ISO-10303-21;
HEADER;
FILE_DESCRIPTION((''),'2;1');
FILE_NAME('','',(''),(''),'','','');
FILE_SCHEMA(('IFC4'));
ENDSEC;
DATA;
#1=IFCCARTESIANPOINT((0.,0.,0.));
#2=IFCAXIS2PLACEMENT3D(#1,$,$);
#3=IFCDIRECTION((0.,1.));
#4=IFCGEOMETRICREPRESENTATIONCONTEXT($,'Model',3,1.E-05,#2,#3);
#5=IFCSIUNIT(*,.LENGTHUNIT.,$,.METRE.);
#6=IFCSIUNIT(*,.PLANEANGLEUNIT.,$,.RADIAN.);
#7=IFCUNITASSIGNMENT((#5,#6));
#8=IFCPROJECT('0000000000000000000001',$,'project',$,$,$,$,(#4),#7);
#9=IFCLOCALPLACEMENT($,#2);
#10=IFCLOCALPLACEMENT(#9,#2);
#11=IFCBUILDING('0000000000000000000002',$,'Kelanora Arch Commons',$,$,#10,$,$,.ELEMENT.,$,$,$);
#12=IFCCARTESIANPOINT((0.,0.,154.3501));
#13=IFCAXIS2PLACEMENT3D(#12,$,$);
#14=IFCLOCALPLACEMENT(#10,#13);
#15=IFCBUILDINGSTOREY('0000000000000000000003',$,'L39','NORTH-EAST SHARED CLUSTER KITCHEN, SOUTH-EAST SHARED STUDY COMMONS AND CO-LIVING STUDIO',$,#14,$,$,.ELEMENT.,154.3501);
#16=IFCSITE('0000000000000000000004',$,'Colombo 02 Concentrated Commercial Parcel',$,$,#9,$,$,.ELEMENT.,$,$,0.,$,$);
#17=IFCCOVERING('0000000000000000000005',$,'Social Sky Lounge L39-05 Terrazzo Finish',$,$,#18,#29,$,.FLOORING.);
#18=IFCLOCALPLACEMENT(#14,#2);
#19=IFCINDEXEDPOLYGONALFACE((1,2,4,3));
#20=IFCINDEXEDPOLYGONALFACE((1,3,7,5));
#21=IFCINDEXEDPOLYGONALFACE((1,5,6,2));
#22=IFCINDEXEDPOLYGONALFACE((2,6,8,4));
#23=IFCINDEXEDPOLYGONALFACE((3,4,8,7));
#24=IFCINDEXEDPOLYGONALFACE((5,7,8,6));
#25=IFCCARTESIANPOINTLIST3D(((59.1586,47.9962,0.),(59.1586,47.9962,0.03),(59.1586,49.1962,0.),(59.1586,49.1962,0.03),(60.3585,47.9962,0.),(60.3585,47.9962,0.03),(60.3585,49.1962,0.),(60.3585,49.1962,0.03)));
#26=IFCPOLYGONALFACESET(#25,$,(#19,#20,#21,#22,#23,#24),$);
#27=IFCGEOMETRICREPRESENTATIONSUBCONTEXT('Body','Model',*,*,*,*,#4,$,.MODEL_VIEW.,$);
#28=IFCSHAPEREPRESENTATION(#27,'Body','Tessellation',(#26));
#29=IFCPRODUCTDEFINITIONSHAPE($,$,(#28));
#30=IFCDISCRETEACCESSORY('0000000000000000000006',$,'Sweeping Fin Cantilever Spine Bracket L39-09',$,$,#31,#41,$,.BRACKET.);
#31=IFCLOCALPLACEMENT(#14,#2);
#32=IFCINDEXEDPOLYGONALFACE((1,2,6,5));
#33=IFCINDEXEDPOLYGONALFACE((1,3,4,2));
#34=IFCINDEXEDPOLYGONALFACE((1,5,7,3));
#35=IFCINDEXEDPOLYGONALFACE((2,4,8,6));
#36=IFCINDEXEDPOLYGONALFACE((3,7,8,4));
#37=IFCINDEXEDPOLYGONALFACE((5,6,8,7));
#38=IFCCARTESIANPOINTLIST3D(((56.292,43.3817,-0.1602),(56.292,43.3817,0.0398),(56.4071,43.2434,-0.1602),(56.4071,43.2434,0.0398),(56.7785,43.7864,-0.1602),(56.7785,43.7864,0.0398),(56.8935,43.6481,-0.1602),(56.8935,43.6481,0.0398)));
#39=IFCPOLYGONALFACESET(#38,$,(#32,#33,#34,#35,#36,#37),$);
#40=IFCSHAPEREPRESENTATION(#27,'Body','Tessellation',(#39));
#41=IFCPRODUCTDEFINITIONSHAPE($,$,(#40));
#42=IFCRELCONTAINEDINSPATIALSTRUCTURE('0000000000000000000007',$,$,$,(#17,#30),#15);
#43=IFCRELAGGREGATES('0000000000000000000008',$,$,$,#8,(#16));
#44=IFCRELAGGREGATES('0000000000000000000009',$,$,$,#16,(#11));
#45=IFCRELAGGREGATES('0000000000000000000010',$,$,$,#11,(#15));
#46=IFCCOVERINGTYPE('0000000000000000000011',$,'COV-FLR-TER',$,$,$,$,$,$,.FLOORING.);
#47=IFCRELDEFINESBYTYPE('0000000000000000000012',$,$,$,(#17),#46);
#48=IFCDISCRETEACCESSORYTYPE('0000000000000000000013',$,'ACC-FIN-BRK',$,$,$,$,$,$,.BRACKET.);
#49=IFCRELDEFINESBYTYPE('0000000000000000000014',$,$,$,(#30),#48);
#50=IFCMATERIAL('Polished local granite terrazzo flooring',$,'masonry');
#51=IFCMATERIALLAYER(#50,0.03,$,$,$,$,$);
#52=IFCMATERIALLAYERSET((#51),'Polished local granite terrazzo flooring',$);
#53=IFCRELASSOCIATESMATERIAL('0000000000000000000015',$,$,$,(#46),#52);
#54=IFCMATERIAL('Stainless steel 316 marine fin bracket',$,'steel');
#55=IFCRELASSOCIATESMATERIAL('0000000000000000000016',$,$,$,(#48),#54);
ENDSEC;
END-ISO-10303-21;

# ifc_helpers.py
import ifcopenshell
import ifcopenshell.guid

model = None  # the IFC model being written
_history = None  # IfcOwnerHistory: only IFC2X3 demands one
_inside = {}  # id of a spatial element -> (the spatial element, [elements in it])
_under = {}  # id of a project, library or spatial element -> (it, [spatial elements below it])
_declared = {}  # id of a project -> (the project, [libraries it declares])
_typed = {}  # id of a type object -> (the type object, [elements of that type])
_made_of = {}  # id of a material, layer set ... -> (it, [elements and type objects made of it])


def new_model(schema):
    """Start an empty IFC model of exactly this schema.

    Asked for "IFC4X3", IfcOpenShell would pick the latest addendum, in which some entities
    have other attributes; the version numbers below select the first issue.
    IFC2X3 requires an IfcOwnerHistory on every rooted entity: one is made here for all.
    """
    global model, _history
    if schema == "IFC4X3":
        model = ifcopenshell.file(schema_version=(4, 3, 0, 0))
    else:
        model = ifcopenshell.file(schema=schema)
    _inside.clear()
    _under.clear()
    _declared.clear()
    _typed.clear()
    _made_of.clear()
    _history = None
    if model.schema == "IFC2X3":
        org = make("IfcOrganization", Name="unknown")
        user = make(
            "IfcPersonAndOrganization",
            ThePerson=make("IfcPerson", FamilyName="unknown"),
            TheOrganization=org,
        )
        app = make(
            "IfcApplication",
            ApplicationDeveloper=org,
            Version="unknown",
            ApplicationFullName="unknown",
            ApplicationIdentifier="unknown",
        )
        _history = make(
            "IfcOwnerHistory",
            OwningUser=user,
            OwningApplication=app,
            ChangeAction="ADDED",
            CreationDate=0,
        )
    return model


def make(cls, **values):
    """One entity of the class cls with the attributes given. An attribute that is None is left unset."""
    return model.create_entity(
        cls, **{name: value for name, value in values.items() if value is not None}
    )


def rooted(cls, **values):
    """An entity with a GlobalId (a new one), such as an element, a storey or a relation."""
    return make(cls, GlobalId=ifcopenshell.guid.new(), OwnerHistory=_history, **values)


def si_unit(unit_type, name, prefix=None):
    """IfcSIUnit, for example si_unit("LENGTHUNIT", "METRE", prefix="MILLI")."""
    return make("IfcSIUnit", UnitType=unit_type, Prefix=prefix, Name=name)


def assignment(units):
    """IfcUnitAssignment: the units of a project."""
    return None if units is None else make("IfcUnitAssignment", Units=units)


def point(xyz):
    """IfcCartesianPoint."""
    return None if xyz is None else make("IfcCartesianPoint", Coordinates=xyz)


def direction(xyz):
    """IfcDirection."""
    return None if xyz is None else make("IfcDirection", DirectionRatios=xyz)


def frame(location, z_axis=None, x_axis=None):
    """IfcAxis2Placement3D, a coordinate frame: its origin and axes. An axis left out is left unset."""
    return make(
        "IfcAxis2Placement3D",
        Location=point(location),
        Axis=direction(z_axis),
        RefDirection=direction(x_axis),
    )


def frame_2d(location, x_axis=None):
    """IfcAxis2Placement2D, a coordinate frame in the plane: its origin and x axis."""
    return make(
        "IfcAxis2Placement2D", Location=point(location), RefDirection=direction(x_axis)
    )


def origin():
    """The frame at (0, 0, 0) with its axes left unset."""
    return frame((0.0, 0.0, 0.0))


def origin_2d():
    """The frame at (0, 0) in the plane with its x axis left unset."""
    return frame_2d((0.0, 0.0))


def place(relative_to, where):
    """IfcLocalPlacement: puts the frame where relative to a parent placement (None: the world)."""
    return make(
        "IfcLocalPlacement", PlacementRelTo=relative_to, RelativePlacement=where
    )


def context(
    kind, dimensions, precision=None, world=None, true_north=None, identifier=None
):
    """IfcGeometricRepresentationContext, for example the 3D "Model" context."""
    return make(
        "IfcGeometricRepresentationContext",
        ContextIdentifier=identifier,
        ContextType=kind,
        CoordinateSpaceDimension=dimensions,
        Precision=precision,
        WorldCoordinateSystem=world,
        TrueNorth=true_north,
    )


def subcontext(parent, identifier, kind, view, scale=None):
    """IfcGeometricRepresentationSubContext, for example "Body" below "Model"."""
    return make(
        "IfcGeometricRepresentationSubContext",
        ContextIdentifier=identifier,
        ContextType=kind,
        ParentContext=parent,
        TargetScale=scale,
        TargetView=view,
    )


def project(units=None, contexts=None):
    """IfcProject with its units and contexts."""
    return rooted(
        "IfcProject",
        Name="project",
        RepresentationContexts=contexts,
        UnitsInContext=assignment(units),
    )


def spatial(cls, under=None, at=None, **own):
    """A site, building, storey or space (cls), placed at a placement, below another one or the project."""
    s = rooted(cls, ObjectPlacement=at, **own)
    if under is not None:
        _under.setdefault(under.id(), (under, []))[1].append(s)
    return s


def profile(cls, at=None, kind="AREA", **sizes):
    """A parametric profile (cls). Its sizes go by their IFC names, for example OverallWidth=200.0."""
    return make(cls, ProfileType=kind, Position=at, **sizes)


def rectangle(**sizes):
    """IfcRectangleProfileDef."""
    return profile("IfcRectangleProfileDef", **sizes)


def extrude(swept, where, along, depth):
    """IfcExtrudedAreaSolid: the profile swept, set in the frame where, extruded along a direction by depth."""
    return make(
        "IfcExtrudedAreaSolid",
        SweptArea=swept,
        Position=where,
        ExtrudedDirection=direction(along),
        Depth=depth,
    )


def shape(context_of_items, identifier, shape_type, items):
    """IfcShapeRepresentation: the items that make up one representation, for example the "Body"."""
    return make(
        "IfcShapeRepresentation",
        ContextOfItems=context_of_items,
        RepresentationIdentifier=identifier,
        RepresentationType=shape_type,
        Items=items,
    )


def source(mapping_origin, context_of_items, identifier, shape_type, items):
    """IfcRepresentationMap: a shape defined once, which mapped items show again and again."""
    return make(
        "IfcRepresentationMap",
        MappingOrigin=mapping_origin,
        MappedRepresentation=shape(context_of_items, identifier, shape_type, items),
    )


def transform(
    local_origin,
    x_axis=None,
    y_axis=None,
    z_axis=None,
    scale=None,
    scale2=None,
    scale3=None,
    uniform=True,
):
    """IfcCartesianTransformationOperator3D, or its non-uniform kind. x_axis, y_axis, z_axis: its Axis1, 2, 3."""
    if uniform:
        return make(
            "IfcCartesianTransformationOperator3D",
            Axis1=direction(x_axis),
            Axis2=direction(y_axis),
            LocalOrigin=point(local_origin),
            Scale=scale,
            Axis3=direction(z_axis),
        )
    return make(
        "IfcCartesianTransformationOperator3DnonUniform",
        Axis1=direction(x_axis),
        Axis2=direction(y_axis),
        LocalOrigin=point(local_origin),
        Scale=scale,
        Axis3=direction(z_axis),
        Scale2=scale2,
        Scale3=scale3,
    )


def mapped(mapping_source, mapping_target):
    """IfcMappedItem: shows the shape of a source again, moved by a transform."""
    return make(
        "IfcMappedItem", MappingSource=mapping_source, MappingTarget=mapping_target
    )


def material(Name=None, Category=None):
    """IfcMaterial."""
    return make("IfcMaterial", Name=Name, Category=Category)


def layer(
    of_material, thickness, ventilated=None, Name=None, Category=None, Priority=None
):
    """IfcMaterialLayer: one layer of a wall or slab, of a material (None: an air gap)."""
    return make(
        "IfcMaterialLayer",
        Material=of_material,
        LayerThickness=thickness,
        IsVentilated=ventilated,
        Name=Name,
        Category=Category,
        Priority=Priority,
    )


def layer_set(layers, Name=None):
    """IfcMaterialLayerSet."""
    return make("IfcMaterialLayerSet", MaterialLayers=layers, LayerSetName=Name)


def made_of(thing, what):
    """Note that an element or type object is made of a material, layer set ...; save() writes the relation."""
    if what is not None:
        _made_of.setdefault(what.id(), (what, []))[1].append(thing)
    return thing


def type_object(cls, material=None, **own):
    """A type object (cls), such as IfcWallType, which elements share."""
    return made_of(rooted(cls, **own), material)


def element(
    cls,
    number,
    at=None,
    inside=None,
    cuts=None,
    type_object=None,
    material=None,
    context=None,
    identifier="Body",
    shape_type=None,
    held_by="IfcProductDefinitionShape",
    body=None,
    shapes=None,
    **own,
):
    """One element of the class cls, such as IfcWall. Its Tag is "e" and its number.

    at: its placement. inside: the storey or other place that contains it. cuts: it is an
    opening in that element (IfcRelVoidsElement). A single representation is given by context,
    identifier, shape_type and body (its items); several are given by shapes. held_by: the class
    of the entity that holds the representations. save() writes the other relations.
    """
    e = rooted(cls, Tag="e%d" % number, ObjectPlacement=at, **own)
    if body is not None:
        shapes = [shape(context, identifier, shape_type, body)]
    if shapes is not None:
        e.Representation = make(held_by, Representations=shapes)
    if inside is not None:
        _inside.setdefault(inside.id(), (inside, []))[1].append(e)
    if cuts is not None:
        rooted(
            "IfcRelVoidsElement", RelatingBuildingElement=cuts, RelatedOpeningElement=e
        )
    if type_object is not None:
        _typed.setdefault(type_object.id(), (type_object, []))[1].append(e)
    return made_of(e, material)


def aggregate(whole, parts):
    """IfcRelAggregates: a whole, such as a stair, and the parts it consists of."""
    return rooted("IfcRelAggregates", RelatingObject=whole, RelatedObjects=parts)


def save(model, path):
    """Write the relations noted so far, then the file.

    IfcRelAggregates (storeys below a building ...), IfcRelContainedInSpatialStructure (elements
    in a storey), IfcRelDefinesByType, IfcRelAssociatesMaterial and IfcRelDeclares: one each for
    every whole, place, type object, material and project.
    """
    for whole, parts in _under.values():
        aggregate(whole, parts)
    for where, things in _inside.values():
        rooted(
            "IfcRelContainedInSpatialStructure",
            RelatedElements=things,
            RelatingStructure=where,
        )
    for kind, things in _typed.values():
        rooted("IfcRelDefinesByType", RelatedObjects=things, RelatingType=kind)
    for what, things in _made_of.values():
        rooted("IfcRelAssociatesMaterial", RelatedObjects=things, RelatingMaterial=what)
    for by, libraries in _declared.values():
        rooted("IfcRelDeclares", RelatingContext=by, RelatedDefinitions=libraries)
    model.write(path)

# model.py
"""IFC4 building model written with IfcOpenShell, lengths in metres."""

from ifc_helpers import new_model, si_unit, direction, frame, origin, origin_2d, place, context, subcontext, project, spatial, rectangle, extrude, source, transform, mapped, material, layer, layer_set, type_object, element, save


model = new_model("IFC4")

# Units and contexts
model_context = context("Model", 3, precision=1e-05, world=origin(), true_north=direction((0.0, 1.0)))
body_context = subcontext(model_context, "Body", "Model", "MODEL_VIEW")
ifc_project = project(units=[si_unit("LENGTHUNIT", "METRE"), si_unit("PLANEANGLEUNIT", "RADIAN")], contexts=[model_context])

# Site, building, storey
site_placement = place(None, origin())
site = spatial("IfcSite", under=ifc_project, at=site_placement, Name="Colombo 02 Concentrated Commercial Parcel", CompositionType="ELEMENT", RefElevation=0.0)
building_placement = place(site_placement, origin())
building = spatial("IfcBuilding", under=site, at=building_placement, Name="Kelanora Arch Commons", CompositionType="ELEMENT")
storey_placement = place(building_placement, frame((0.0, 0.0, 154.3501)))
storey = spatial("IfcBuildingStorey", under=building, at=storey_placement, Name="L39", Description="NORTH-EAST SHARED CLUSTER KITCHEN, SOUTH-EAST SHARED STUDY COMMONS AND CO-LIVING STUDIO", CompositionType="ELEMENT", Elevation=154.3501)

# Covering
ifc_material_1 = material(Name="Polished local granite terrazzo flooring", Category="masonry")
ifc_layer_1 = layer(ifc_material_1, 0.03)
ifc_layer_set_1 = layer_set([ifc_layer_1], Name="Polished local granite terrazzo flooring")
covering_type = type_object("IfcCoveringType", Name="COV-FLR-TER", PredefinedType="FLOORING", material=ifc_layer_set_1)
shared_shape_1 = source(origin(), body_context, "Body", "SweptSolid", [
    extrude(rectangle(XDim=1.2, YDim=1.2, at=origin_2d()), origin(), (0.0, 0.0, 1.0), 0.03),
])
for number, where, z_axis, x_axis, name in (
    (1, (59.7585, 48.5962, 0.0), (0.0, 0.0, 1.0), (1.0, 0.0, 0.0), "Social Sky Lounge L39-05 Terrazzo Finish"),
):
    element("IfcCovering", number, at=place(storey_placement, frame(where, z_axis=z_axis, x_axis=x_axis)), inside=storey, type_object=covering_type, Name=name, PredefinedType="FLOORING", context=body_context, shape_type="MappedRepresentation", body=[
        mapped(shared_shape_1, transform((0.0, 0.0, 0.0), scale=1.0)),
    ])

# Discrete accessory
ifc_material_2 = material(Name="Stainless steel 316 marine fin bracket", Category="steel")
discrete_accessory_type = type_object("IfcDiscreteAccessoryType", Name="ACC-FIN-BRK", PredefinedType="BRACKET", material=ifc_material_2)
shared_shape_2 = source(origin(), body_context, "Body", "SweptSolid", [
    extrude(rectangle(XDim=0.6328, YDim=0.1799, at=origin_2d()), origin(), (0.0, 0.0, 1.0), 0.2),
])
discrete_accessory_placement = place(storey_placement, frame((56.5928, 43.5149, -0.1602), z_axis=(0.0, 0.0, 1.0), x_axis=(-0.76873, -0.639573, 0.0)))
element("IfcDiscreteAccessory", 2, at=discrete_accessory_placement, inside=storey, type_object=discrete_accessory_type, Name="Sweeping Fin Cantilever Spine Bracket L39-09", PredefinedType="BRACKET", context=body_context, shape_type="MappedRepresentation", body=[
    mapped(shared_shape_2, transform((0.0, 0.0, 0.0), scale=1.0)),
])

save(model, "model.ifc")
